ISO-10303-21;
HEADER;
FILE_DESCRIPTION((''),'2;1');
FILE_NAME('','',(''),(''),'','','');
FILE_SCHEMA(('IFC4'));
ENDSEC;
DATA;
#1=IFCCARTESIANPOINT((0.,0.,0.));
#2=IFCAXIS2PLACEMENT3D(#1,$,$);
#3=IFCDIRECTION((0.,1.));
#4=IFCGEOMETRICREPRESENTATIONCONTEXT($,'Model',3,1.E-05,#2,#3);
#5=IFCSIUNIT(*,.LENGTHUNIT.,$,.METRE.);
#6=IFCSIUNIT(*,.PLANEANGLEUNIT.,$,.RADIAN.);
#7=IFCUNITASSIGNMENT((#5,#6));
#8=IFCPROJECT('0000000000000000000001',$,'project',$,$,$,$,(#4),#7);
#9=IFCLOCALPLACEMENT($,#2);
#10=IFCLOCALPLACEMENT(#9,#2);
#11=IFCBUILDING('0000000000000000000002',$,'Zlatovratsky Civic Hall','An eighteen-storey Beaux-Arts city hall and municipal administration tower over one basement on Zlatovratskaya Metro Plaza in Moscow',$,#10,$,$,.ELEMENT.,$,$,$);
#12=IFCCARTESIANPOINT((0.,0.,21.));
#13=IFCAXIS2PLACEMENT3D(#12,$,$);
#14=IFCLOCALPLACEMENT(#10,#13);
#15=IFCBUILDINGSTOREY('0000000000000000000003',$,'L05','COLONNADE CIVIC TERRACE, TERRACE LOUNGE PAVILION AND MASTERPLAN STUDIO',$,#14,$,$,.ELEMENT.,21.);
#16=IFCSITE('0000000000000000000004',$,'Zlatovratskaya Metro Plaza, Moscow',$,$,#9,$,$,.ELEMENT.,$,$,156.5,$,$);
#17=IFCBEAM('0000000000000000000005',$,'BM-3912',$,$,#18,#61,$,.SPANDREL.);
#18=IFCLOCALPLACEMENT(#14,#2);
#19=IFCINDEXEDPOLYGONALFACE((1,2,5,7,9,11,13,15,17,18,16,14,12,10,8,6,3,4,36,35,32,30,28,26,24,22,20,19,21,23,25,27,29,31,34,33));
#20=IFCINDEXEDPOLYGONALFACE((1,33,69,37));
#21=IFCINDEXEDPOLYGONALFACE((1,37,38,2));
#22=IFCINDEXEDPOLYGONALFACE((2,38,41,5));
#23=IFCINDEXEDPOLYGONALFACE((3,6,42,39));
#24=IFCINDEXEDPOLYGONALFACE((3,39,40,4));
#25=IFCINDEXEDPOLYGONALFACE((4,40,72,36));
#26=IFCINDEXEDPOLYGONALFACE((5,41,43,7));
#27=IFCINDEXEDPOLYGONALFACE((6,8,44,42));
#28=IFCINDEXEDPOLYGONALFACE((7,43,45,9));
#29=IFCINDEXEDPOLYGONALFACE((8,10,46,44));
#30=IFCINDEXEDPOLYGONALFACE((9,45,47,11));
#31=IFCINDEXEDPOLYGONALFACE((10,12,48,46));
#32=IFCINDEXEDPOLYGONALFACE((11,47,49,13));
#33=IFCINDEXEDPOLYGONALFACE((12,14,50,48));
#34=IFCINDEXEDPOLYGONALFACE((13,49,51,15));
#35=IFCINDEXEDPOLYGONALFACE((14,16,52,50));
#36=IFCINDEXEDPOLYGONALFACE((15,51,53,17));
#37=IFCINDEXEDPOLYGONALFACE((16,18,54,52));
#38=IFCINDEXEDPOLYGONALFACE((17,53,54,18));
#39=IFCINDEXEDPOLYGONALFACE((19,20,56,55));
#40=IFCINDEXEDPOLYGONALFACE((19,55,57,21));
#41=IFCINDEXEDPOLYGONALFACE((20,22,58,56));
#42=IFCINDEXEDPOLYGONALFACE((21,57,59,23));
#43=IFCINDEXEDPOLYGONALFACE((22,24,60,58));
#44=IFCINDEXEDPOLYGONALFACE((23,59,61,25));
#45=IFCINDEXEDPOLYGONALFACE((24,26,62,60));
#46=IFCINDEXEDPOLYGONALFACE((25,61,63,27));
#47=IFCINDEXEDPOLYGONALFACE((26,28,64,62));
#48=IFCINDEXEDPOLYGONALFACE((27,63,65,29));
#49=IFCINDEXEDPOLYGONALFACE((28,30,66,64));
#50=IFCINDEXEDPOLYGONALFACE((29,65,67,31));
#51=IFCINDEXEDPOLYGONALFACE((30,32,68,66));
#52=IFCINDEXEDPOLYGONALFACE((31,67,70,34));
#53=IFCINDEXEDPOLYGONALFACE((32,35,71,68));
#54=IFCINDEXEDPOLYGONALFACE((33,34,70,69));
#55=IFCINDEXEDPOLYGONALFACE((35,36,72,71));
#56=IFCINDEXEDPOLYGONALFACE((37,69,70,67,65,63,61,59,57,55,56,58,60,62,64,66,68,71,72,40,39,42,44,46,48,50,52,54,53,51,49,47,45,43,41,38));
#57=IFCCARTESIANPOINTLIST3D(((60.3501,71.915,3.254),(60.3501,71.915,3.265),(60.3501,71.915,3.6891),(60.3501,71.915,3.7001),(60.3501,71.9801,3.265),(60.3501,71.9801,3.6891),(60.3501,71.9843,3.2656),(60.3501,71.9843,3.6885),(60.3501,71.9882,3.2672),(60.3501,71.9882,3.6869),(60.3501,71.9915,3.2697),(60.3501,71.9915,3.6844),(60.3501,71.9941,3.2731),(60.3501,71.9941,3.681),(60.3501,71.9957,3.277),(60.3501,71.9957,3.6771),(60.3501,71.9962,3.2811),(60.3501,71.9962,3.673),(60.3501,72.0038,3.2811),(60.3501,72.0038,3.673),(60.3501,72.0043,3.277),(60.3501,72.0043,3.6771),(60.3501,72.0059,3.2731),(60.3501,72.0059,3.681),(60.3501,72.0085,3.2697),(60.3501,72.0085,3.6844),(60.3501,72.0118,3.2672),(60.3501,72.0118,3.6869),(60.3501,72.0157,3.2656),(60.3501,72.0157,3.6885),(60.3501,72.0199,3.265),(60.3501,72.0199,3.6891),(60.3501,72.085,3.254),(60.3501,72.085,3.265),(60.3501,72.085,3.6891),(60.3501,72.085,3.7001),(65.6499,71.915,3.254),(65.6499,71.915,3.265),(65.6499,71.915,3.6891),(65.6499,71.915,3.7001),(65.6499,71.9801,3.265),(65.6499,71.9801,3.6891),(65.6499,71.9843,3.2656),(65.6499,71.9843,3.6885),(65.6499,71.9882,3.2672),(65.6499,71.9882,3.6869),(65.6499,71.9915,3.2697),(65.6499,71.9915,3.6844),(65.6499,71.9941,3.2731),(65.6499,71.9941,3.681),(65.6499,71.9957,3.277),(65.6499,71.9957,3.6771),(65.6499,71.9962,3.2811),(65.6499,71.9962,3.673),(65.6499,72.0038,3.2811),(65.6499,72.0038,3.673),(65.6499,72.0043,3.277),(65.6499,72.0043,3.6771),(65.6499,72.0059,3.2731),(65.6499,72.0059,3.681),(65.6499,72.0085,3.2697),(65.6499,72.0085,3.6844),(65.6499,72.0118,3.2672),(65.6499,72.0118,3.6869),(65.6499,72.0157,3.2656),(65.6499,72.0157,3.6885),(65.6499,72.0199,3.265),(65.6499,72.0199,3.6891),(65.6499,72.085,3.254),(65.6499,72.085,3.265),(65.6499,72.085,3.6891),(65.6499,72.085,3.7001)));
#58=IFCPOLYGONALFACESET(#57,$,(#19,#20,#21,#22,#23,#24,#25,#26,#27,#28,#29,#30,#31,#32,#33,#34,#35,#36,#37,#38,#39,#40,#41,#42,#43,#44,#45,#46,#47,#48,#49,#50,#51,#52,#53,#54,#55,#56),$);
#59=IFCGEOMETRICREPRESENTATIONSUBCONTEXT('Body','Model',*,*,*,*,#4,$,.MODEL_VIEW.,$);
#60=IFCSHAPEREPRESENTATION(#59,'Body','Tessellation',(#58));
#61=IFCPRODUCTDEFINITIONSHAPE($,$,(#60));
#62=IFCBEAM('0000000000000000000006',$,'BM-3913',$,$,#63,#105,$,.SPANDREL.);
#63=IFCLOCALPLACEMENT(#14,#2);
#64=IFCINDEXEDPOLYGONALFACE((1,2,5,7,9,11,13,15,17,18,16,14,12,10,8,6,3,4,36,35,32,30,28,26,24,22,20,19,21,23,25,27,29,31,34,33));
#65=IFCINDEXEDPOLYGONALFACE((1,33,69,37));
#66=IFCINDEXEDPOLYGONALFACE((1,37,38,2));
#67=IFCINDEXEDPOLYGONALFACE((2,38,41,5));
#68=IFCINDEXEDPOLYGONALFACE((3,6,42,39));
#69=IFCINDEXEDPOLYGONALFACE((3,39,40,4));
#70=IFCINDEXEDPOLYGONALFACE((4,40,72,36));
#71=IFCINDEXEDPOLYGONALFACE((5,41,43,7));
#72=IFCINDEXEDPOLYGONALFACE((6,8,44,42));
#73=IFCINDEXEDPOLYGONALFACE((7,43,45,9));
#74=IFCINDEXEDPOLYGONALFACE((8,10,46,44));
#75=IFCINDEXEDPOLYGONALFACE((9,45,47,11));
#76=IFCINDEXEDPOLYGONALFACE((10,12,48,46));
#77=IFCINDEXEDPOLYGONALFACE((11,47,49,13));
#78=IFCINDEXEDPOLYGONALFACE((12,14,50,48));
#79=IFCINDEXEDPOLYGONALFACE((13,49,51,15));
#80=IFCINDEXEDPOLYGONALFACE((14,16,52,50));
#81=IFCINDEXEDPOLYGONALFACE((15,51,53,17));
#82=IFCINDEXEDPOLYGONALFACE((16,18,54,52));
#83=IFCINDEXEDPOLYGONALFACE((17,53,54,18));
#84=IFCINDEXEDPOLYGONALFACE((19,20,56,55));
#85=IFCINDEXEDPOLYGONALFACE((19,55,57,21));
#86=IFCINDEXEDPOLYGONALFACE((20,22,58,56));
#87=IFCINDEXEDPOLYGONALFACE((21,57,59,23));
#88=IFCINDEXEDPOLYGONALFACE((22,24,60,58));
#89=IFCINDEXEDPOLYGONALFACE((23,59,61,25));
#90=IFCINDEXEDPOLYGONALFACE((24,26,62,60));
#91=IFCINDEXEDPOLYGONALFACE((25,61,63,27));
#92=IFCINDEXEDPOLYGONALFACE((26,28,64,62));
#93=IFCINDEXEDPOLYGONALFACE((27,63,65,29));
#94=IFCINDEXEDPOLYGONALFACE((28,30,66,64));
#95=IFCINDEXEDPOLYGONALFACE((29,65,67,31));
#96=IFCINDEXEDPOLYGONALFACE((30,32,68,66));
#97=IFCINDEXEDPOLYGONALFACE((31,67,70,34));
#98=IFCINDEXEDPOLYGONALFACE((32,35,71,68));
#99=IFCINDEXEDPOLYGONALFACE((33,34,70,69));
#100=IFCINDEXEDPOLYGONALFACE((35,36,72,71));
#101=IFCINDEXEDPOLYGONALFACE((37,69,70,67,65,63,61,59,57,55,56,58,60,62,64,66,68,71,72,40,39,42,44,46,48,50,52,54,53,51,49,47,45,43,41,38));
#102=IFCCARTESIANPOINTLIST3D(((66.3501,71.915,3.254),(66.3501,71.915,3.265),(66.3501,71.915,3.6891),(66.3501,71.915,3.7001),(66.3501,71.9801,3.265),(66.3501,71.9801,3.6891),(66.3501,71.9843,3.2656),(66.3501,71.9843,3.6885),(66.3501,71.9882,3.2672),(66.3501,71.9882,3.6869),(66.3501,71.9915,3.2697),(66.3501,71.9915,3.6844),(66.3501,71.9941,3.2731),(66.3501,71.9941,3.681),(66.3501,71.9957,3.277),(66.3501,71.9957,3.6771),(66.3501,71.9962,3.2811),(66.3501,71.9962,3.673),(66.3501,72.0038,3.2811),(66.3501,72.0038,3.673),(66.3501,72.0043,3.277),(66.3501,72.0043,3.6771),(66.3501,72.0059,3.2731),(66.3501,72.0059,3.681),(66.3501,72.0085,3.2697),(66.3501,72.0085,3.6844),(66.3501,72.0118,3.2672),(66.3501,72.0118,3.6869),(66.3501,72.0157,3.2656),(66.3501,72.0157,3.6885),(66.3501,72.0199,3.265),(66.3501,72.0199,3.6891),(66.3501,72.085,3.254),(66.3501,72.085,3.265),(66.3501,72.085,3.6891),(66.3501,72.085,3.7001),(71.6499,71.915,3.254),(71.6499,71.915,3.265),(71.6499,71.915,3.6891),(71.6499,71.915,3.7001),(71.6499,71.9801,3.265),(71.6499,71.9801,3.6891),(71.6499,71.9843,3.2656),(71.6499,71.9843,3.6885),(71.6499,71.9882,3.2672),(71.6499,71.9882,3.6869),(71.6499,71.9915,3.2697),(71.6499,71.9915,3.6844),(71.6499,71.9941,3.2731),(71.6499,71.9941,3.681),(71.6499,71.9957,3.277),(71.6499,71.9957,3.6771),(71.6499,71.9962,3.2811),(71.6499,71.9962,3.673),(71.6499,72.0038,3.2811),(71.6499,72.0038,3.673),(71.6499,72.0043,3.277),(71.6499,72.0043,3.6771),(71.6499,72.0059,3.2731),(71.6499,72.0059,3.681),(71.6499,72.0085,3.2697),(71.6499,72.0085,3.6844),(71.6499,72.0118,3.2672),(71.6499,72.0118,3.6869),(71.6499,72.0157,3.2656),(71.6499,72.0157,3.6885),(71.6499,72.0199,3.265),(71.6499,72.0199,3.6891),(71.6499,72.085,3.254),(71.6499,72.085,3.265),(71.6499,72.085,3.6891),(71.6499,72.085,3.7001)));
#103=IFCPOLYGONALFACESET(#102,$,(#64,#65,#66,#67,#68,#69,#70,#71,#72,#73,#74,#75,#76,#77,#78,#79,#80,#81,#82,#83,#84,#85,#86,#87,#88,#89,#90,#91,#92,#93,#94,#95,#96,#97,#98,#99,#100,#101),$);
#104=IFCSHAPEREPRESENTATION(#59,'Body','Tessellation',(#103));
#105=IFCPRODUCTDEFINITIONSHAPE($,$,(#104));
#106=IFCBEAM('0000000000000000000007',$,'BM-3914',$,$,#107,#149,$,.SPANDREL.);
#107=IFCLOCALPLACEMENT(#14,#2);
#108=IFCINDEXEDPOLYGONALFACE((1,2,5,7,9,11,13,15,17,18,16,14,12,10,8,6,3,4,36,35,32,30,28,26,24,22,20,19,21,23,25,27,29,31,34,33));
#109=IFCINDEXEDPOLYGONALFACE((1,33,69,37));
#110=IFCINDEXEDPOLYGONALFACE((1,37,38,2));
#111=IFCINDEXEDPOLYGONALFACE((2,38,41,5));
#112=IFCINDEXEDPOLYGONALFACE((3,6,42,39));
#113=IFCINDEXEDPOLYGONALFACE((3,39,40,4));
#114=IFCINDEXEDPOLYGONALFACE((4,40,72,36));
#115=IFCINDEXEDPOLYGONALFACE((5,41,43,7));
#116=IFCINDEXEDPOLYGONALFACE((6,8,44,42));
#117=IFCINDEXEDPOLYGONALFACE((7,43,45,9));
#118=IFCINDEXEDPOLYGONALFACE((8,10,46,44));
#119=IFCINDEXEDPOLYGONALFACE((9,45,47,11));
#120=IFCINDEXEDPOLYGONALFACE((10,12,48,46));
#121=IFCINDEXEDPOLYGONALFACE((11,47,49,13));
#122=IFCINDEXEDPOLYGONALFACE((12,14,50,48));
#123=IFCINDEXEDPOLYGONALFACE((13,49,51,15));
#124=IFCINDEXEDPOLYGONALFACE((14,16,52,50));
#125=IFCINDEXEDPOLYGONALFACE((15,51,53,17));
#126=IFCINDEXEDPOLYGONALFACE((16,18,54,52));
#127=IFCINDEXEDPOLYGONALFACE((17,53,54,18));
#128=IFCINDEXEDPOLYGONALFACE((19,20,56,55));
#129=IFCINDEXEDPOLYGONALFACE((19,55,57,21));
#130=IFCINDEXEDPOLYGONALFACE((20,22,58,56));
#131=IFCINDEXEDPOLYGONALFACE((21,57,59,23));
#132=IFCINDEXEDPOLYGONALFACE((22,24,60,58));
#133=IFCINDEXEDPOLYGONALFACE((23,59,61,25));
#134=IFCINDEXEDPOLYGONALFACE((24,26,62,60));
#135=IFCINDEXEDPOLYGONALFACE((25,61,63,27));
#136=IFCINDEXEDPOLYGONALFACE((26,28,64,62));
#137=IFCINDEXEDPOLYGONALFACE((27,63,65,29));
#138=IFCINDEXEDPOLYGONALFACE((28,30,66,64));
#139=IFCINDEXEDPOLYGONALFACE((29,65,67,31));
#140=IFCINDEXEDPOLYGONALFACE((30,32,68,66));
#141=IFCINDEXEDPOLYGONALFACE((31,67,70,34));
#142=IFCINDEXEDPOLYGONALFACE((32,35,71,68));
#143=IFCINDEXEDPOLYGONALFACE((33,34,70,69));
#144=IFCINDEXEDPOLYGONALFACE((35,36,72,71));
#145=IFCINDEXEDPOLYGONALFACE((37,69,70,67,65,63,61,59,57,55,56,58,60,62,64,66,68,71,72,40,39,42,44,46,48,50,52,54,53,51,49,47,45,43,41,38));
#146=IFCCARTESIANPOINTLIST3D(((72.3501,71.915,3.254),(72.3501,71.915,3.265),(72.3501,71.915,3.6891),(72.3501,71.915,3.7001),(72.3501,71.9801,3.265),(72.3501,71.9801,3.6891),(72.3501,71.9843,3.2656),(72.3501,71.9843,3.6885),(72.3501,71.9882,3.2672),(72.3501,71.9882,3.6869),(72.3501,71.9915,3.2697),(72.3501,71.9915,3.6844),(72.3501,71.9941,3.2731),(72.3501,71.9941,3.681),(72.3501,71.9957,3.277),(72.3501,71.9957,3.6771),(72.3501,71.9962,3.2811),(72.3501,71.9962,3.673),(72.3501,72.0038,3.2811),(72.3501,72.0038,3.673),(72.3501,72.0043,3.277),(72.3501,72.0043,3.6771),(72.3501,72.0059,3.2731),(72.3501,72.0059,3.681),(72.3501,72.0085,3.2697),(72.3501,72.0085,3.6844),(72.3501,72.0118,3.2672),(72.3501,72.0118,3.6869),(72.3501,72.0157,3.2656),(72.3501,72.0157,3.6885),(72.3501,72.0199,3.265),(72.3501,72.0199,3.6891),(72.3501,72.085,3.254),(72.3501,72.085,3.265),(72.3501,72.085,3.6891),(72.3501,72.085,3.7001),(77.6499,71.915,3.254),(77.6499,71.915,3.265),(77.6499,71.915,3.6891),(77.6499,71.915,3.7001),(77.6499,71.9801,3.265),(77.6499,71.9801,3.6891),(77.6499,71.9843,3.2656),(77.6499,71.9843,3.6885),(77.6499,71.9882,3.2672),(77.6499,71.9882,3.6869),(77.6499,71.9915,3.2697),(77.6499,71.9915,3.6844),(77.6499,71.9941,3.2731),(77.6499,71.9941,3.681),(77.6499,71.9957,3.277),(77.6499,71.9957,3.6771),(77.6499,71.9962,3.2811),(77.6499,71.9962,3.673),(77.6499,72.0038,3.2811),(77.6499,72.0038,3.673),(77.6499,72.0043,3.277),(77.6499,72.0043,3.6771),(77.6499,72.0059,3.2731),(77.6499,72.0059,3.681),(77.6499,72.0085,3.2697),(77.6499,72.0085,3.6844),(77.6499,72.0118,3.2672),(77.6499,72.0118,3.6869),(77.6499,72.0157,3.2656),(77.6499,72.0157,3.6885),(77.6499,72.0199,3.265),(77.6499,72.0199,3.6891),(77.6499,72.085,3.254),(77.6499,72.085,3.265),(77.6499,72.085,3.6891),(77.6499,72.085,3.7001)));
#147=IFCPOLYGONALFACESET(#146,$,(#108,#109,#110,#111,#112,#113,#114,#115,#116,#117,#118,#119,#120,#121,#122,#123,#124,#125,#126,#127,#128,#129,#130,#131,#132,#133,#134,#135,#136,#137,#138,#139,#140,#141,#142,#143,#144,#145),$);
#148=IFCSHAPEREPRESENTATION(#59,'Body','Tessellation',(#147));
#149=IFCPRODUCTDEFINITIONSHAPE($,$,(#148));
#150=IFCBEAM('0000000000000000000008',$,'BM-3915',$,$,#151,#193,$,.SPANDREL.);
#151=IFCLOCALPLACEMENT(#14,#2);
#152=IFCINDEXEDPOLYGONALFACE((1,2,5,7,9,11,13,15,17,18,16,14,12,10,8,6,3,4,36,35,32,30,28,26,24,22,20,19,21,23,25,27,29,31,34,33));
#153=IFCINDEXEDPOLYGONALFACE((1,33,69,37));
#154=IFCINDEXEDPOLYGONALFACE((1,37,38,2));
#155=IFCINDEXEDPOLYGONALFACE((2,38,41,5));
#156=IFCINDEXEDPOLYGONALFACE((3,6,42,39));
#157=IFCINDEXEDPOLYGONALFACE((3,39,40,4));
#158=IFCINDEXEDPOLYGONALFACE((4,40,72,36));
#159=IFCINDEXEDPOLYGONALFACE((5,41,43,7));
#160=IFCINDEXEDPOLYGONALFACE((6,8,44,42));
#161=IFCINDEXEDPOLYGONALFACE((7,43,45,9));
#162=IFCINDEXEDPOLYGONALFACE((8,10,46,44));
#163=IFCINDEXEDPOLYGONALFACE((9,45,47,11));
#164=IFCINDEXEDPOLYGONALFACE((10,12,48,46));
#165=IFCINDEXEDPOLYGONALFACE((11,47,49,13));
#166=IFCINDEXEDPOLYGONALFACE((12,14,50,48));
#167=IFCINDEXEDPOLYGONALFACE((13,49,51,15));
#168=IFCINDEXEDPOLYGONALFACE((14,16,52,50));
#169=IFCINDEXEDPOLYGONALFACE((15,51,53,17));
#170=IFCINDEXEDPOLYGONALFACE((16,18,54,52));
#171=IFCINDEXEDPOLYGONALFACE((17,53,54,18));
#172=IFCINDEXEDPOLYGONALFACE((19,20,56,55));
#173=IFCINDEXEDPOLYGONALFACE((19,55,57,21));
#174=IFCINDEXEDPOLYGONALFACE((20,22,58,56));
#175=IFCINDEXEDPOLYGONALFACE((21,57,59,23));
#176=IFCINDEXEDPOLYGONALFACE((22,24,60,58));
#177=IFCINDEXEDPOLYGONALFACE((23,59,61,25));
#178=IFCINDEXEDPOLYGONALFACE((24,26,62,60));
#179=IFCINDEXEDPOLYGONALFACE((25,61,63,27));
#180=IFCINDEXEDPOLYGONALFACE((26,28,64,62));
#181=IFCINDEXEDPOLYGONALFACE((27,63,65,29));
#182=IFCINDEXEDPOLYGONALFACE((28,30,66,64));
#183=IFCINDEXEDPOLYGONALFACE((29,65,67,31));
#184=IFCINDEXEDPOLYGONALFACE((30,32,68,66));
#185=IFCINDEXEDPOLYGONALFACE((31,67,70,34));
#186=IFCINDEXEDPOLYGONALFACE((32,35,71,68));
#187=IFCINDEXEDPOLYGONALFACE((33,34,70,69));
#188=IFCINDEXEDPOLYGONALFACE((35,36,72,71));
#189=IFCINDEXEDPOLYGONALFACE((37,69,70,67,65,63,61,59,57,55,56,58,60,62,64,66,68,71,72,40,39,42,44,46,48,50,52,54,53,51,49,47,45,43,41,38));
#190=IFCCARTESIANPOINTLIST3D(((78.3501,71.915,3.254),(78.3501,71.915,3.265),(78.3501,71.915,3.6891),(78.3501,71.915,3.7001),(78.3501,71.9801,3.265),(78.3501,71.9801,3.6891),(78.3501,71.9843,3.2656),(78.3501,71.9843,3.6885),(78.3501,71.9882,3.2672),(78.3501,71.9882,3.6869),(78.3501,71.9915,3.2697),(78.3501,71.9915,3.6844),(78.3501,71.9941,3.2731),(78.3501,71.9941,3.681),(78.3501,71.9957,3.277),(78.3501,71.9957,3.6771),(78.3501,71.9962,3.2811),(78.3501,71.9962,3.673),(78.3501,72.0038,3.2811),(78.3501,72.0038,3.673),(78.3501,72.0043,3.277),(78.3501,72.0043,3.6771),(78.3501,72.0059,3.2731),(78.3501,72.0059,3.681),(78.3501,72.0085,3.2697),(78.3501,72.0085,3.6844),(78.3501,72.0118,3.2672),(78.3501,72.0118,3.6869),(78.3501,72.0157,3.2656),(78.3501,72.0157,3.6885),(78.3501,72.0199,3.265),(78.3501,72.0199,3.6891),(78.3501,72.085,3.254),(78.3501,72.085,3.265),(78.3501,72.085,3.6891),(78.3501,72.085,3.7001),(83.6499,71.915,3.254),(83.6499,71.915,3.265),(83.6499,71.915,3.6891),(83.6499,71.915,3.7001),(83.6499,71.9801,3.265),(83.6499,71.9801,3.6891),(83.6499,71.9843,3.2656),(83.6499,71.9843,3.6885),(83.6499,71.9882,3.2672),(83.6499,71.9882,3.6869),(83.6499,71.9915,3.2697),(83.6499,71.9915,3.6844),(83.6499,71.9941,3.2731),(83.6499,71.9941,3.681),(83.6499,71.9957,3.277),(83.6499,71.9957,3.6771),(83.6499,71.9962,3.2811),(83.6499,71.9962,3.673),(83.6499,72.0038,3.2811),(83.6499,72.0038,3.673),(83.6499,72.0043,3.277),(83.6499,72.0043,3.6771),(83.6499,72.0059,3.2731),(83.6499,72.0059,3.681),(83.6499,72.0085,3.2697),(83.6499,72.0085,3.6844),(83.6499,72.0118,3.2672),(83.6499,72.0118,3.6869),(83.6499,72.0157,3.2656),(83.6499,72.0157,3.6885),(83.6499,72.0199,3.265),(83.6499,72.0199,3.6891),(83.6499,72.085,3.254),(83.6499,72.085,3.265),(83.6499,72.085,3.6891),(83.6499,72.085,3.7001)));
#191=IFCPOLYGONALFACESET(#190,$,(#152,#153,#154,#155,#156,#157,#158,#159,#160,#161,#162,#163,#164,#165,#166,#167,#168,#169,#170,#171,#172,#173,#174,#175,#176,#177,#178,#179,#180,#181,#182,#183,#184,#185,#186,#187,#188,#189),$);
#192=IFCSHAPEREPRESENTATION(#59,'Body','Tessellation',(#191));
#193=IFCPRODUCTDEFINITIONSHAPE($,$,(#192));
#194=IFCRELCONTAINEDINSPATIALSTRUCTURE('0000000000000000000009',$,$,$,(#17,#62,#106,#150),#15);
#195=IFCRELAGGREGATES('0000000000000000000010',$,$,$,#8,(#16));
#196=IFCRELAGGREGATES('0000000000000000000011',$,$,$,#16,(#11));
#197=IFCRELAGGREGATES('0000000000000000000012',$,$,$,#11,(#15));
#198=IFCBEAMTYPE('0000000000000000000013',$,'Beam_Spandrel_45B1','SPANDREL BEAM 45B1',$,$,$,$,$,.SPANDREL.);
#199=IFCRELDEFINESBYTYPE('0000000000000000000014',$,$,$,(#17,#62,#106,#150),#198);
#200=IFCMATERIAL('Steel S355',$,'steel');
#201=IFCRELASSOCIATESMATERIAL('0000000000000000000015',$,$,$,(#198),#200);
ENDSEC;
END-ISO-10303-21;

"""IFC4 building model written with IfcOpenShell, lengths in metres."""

from ifc_helpers import new_model, si_unit, direction, frame, origin, origin_2d, place, context, subcontext, project, spatial, i_section, extrude, material, material_profile, profile_set, type_object, element, save


model = new_model("IFC4")

# Units and contexts
model_context = context("Model", 3, precision=1e-05, world=origin(), true_north=direction((0.0, 1.0)))
body_context = subcontext(model_context, "Body", "Model", "MODEL_VIEW")
ifc_project = project(units=[si_unit("LENGTHUNIT", "METRE"), si_unit("PLANEANGLEUNIT", "RADIAN")], contexts=[model_context])

# Site, building, storey
site_placement = place(None, origin())
site = spatial("IfcSite", under=ifc_project, at=site_placement, Name="Zlatovratskaya Metro Plaza, Moscow", CompositionType="ELEMENT", RefElevation=156.5)
building_placement = place(site_placement, origin())
building = spatial("IfcBuilding", under=site, at=building_placement, Name="Zlatovratsky Civic Hall", Description="An eighteen-storey Beaux-Arts city hall and municipal administration tower over one basement on Zlatovratskaya Metro Plaza in Moscow", CompositionType="ELEMENT")
storey_placement = place(building_placement, frame((0.0, 0.0, 21.0)))
storey = spatial("IfcBuildingStorey", under=building, at=storey_placement, Name="L05", Description="COLONNADE CIVIC TERRACE, TERRACE LOUNGE PAVILION AND MASTERPLAN STUDIO", CompositionType="ELEMENT", Elevation=21.0)

# Beams
ifc_material_1 = material(Name="Steel S355", Category="steel")
ifc_material_profile_1 = material_profile(ifc_material_1, i_section(OverallWidth=0.1699, OverallDepth=0.446, WebThickness=0.0076, FlangeThickness=0.011, FilletRadius=0.0161, at=origin_2d()), Name="45B1")
ifc_profile_set_1 = profile_set([ifc_material_profile_1], Name="Steel S355")
beam_type_1 = type_object("IfcBeamType", Name="Beam_Spandrel_45B1", Description="SPANDREL BEAM 45B1", PredefinedType="SPANDREL", material=ifc_profile_set_1)
for number, where, z_axis, x_axis, name in (
    (1, (60.3501, 72.0, 3.4771), (1.0, 0.0, 0.0), (0.0, 1.0, 0.0), "BM-3912"),
    (2, (66.3501, 72.0, 3.4771), (1.0, 0.0, 0.0), (0.0, 1.0, 0.0), "BM-3913"),
    (3, (72.3501, 72.0, 3.4771), (1.0, 0.0, 0.0), (0.0, 1.0, 0.0), "BM-3914"),
    (4, (78.3501, 72.0, 3.4771), (1.0, 0.0, 0.0), (0.0, 1.0, 0.0), "BM-3915"),
):
    element("IfcBeam", number, at=place(storey_placement, frame(where, z_axis=z_axis, x_axis=x_axis)), inside=storey, type_object=beam_type_1, Name=name, PredefinedType="SPANDREL", context=body_context, shape_type="SweptSolid", body=[
        extrude(i_section(OverallWidth=0.1699, OverallDepth=0.446, WebThickness=0.0076, FlangeThickness=0.011, FilletRadius=0.0161, at=origin_2d()), origin(), (0.0, 0.0, 1.0), 5.2998),
    ])

save(model, "model.ifc")
